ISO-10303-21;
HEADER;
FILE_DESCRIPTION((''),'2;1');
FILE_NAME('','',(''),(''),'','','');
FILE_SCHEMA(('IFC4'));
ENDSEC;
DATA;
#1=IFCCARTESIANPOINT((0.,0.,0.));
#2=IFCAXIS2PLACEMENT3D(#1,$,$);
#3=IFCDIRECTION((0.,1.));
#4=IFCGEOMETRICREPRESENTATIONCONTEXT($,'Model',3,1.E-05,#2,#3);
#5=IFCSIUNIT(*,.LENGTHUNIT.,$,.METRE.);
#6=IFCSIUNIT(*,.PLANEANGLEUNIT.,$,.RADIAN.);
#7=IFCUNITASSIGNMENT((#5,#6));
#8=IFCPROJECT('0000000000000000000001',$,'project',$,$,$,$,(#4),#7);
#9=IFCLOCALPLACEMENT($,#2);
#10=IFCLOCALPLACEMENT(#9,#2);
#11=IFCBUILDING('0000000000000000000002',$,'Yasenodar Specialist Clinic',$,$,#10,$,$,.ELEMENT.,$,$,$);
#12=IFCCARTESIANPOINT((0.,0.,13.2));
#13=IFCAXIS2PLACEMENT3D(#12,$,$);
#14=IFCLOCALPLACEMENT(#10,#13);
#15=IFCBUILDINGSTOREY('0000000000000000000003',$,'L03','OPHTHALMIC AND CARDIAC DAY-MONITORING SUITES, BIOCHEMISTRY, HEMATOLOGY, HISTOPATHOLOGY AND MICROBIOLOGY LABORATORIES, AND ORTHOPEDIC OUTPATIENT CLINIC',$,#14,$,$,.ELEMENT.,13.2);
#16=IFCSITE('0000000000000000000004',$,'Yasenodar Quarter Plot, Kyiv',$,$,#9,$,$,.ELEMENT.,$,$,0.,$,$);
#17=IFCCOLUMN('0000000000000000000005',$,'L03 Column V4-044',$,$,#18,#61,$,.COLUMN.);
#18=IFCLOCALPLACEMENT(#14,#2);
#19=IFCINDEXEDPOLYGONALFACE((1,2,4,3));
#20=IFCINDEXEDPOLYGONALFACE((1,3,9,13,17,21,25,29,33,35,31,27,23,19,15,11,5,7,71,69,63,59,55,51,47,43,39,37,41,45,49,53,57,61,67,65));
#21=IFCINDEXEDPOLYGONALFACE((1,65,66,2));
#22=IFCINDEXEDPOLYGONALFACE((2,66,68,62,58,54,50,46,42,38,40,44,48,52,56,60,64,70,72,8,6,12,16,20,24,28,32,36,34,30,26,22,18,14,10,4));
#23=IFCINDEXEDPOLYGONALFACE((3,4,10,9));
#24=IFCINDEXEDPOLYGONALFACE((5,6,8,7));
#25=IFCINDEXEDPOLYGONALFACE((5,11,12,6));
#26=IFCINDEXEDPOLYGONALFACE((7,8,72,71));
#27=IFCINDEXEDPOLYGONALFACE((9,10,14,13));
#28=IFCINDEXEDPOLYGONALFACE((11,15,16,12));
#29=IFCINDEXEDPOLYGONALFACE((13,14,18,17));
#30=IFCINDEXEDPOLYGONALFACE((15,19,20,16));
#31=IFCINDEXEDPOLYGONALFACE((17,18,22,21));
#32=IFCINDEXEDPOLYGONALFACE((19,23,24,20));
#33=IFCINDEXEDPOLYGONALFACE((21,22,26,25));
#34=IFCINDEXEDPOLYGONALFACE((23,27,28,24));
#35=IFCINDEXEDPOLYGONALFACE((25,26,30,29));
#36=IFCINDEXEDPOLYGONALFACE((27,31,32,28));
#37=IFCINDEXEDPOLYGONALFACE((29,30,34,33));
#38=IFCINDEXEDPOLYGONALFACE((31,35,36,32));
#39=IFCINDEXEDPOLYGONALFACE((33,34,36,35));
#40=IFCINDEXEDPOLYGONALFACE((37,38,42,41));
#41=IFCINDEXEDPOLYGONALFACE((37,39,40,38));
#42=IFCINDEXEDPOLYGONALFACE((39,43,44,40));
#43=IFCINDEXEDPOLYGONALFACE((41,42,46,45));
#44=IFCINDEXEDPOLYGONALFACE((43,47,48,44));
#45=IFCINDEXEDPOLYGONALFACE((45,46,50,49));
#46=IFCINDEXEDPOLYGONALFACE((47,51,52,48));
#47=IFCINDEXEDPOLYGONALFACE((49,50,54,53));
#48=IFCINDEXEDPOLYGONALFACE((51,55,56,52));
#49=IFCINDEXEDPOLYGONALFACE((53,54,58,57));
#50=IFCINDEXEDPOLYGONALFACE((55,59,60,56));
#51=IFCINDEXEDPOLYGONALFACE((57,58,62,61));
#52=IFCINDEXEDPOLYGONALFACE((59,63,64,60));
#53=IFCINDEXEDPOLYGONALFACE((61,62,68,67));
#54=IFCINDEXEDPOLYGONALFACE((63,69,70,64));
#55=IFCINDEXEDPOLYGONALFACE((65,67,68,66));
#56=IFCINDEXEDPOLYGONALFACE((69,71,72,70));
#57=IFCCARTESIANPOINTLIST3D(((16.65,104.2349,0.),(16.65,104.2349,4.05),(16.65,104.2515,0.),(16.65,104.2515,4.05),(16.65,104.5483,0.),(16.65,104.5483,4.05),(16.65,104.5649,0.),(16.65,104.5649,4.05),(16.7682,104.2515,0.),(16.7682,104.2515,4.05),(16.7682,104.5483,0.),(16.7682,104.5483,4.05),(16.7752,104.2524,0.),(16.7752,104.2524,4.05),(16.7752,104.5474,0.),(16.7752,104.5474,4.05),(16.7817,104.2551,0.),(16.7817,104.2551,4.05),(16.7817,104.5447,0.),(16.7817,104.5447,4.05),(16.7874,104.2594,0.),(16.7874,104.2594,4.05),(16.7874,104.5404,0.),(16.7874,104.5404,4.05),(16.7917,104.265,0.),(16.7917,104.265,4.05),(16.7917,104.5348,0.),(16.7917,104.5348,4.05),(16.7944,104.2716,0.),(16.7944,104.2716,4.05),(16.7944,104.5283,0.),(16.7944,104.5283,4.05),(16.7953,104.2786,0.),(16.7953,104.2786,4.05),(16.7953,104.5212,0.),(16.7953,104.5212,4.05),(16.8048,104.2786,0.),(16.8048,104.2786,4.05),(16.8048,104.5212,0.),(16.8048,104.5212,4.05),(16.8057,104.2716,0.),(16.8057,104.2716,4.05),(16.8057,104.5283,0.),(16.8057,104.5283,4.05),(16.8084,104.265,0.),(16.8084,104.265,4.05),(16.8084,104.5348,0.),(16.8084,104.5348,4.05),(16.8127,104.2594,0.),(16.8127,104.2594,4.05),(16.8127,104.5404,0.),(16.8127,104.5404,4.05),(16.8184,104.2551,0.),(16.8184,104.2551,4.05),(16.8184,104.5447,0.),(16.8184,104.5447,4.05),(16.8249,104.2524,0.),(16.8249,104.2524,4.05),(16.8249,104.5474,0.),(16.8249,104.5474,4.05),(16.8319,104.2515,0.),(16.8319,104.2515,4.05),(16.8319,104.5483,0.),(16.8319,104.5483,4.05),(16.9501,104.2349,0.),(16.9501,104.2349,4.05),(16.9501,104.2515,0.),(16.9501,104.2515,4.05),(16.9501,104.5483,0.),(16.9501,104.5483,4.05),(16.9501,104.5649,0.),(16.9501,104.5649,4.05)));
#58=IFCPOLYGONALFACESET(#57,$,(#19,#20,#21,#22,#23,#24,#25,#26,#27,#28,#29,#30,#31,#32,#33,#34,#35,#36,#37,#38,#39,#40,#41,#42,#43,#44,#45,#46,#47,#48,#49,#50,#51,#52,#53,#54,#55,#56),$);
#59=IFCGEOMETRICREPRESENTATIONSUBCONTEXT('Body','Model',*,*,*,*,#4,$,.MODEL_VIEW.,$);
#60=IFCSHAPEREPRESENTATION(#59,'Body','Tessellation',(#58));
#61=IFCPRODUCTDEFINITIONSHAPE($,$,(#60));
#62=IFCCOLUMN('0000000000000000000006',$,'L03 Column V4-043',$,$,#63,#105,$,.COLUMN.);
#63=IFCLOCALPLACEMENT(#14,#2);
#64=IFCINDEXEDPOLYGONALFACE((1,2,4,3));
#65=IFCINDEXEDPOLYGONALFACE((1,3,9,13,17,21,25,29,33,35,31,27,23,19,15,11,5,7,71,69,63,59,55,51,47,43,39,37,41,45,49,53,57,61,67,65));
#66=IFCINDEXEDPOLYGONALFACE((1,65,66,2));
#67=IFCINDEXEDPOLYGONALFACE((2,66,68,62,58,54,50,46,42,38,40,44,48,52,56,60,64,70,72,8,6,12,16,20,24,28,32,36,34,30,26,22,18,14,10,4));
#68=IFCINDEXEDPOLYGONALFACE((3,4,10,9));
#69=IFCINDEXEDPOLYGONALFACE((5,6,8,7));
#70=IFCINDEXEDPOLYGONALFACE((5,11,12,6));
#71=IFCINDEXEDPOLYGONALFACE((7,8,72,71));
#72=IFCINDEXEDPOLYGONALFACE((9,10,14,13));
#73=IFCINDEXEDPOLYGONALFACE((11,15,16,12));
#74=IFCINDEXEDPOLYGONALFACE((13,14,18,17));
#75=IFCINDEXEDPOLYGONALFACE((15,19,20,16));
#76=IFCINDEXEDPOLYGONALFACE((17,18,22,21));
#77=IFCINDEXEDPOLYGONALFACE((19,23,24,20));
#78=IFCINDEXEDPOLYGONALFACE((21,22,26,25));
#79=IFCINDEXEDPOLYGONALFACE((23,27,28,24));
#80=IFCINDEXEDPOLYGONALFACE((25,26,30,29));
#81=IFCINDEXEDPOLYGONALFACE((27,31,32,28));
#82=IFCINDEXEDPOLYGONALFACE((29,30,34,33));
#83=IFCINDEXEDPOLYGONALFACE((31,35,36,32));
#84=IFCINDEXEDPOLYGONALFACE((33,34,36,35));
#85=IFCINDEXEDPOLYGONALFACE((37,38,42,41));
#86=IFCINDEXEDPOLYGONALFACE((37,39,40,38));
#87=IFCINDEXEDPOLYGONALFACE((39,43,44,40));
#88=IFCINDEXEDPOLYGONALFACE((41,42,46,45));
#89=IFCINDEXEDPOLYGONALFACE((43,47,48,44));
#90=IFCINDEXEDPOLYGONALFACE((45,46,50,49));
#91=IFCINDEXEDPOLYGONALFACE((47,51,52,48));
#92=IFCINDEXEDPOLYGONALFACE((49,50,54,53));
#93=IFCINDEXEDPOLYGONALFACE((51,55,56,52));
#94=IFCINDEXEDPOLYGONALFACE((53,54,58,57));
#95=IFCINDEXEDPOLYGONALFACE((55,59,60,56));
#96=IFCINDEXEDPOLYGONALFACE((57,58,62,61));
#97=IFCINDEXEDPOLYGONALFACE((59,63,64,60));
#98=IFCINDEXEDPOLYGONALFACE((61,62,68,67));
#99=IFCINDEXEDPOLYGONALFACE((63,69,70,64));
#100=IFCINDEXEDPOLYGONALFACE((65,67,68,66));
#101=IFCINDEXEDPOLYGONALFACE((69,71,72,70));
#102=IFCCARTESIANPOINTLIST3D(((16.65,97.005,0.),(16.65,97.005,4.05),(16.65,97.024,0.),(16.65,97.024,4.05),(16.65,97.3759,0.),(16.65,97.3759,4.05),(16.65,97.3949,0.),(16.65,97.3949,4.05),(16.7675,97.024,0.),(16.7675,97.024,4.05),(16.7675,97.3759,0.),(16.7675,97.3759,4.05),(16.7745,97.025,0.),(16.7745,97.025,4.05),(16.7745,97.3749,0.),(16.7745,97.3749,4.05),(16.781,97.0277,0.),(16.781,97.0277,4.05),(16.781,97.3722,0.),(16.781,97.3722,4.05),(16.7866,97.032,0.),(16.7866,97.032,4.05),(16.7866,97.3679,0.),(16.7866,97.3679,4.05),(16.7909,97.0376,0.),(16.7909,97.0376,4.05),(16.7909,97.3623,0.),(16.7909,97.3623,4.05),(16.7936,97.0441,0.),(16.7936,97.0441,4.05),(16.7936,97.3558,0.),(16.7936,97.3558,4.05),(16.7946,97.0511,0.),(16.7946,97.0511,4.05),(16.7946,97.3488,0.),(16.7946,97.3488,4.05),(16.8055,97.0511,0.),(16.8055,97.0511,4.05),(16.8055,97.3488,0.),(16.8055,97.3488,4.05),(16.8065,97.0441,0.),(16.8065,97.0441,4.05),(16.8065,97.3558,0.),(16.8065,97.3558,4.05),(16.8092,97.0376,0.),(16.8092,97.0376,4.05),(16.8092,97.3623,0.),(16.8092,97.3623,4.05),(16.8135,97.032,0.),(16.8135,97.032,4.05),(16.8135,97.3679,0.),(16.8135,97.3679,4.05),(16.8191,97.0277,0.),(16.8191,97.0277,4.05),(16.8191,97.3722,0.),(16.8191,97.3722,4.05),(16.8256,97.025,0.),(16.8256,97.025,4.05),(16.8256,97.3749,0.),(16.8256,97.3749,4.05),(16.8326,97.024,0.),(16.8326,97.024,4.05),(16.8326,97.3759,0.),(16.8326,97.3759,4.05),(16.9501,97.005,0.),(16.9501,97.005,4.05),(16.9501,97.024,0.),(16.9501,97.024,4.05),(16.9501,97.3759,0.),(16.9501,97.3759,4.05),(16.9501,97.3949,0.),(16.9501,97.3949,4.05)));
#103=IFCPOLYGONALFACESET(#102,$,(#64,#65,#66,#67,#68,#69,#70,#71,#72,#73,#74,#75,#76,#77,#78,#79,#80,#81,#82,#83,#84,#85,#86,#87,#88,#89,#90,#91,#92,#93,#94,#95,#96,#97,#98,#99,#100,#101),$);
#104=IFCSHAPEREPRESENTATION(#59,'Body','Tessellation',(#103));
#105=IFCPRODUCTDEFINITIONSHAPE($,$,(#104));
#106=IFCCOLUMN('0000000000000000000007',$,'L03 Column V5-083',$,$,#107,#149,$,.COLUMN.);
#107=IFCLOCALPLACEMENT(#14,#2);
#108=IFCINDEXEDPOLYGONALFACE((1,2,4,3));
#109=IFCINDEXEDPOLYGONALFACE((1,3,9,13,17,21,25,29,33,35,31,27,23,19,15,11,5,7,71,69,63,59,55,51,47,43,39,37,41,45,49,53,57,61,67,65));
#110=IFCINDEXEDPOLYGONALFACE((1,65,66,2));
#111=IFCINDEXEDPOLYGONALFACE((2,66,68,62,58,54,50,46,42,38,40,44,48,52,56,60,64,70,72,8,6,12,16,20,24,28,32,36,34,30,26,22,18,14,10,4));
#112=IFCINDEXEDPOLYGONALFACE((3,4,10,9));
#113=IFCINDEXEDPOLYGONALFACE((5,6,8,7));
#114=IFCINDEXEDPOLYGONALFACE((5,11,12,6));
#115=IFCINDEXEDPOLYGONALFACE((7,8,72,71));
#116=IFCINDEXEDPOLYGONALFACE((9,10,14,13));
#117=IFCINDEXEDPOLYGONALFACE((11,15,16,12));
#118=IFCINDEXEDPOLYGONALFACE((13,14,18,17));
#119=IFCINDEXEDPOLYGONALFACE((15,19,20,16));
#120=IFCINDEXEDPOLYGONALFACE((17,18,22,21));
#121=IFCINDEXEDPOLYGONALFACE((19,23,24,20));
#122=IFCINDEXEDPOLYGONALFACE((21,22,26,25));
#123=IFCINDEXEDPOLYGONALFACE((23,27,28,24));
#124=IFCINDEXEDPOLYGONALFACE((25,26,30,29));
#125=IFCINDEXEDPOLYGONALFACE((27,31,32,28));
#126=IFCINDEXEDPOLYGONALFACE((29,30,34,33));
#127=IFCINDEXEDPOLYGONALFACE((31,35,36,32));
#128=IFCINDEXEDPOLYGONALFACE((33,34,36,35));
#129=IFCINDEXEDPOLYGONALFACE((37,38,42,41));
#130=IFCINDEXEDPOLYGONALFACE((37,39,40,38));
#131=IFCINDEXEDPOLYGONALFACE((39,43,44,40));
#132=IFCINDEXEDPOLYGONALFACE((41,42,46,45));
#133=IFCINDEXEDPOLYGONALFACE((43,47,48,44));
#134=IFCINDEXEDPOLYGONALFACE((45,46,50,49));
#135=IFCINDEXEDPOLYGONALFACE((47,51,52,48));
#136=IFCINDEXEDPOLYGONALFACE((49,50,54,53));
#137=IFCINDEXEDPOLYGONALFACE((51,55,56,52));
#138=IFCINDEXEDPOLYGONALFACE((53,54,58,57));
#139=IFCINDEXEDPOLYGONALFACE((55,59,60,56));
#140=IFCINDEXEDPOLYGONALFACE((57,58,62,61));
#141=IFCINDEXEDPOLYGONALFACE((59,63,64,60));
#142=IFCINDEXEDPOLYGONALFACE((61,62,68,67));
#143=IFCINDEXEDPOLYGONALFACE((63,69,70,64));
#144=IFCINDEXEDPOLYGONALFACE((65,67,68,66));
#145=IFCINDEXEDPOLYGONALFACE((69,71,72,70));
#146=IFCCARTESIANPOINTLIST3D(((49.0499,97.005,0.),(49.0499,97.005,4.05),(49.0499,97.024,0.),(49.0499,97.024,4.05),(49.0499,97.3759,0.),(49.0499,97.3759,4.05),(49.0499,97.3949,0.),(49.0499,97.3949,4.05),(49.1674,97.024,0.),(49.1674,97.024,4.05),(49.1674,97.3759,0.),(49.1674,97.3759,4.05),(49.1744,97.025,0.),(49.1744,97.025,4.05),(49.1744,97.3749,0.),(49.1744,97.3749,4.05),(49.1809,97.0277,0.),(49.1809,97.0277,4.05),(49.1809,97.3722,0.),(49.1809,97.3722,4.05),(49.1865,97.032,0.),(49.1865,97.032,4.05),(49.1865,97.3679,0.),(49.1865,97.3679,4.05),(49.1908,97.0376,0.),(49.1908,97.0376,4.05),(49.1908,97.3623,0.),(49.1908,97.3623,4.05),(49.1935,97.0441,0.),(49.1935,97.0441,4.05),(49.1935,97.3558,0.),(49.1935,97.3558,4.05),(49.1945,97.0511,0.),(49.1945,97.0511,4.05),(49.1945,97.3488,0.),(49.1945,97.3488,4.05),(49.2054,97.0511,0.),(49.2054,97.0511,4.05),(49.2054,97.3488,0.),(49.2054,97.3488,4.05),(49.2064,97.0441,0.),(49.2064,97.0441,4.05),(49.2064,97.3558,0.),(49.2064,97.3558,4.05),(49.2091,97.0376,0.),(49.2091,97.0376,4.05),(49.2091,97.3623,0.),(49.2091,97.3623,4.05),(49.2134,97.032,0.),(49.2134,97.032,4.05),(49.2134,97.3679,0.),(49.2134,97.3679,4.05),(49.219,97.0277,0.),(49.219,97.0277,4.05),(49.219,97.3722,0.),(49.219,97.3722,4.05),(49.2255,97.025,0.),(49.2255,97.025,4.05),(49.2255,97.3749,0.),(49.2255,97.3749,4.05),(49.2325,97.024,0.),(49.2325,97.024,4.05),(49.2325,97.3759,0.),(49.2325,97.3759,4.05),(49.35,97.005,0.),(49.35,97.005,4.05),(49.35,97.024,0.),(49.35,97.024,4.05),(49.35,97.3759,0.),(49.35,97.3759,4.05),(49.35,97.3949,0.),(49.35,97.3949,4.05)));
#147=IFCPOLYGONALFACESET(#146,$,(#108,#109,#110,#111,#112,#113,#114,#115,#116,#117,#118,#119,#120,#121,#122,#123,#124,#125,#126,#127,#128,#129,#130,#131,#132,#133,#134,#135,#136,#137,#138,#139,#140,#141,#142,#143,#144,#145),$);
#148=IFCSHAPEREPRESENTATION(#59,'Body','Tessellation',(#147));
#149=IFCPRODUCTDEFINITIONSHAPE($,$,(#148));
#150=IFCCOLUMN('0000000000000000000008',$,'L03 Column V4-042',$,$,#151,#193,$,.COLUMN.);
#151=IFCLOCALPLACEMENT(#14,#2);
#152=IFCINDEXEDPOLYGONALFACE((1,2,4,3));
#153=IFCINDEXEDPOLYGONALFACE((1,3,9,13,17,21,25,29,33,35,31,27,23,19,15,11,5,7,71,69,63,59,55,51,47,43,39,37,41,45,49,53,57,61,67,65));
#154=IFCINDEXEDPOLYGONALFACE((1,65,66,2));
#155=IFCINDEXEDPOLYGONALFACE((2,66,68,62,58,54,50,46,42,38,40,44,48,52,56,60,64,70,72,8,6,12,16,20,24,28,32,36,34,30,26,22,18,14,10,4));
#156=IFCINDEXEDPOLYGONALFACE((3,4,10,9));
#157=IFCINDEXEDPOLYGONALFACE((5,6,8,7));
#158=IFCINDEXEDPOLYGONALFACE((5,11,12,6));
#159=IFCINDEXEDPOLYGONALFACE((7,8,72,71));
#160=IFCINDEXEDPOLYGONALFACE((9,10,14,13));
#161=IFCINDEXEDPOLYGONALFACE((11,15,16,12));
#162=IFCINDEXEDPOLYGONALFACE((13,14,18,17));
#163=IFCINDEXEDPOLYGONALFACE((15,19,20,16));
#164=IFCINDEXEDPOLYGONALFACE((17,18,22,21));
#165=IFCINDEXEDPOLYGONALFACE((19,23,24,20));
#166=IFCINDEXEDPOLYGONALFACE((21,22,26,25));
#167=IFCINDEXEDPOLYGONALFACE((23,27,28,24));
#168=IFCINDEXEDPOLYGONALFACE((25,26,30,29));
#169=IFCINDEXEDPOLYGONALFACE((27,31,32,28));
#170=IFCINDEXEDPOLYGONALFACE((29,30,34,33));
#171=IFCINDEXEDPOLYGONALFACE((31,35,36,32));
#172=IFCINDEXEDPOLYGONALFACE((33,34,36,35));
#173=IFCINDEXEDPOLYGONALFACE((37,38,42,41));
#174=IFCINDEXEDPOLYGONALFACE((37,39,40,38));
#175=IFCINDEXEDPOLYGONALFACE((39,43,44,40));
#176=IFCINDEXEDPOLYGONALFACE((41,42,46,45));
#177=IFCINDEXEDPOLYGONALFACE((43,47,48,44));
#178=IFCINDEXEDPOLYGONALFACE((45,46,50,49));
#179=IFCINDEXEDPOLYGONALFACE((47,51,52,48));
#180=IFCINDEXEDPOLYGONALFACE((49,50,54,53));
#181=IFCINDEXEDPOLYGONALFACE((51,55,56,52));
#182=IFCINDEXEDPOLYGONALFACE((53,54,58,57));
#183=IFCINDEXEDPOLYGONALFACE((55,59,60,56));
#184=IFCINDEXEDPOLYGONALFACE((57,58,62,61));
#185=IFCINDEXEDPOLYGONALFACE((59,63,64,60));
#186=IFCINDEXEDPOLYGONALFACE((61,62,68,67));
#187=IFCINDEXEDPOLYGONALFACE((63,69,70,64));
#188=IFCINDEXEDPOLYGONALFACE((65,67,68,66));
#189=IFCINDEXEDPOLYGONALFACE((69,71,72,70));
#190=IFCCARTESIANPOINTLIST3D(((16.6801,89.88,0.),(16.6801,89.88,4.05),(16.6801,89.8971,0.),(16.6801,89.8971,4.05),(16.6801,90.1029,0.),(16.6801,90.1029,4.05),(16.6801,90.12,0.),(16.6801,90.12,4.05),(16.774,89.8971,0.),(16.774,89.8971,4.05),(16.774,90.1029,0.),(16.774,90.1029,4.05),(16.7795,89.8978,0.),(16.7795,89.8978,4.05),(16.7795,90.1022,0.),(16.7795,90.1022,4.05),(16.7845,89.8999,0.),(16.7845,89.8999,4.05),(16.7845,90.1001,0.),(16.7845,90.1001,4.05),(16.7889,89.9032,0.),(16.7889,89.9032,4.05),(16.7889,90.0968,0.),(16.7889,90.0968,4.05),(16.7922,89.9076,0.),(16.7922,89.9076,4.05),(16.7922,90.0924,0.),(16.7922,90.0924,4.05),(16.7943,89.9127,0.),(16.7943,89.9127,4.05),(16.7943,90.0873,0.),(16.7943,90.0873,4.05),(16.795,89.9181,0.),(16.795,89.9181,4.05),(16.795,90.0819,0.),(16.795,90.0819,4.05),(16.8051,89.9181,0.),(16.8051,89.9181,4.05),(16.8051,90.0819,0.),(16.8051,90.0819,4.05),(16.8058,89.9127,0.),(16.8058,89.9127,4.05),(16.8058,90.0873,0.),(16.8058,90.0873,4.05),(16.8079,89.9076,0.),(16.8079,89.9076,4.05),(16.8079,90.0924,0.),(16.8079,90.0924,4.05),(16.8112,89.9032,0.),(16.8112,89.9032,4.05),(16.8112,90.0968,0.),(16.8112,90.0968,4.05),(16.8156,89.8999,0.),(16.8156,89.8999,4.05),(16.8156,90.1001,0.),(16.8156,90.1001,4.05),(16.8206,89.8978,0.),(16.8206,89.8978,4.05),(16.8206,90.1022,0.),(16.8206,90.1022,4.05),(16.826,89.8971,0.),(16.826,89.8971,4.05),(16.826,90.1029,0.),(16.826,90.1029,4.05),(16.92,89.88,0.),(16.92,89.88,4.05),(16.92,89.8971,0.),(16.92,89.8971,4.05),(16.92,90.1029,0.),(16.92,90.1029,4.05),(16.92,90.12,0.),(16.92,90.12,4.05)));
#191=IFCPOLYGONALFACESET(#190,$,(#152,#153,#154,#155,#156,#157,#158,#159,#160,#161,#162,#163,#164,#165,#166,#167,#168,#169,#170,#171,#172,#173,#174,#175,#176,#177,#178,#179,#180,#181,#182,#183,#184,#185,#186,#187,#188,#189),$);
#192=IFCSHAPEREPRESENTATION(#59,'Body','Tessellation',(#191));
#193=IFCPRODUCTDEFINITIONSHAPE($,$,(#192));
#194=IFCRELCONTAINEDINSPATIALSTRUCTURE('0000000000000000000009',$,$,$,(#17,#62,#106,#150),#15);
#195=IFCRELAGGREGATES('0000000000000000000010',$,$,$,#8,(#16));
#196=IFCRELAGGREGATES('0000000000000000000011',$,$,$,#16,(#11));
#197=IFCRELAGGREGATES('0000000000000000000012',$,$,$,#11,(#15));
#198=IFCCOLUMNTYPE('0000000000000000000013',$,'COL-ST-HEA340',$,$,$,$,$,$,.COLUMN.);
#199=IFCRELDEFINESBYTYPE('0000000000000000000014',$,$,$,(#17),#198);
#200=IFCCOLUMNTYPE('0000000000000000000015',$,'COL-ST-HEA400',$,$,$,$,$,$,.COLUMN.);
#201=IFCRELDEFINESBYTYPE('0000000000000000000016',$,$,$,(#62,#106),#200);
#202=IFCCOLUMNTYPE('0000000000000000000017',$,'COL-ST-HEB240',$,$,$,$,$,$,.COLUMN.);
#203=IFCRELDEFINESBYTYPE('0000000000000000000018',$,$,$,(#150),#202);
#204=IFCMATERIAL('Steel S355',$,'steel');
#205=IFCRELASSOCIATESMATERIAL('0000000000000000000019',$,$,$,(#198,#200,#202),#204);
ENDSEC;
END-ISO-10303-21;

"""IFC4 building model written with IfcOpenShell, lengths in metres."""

from ifc_helpers import new_model, si_unit, direction, frame, origin, origin_2d, place, context, subcontext, project, spatial, i_section, extrude, material, material_profile, profile_set, type_object, element, save


model = new_model("IFC4")

# Units and contexts
model_context = context("Model", 3, precision=1e-05, world=origin(), true_north=direction((0.0, 1.0)))
body_context = subcontext(model_context, "Body", "Model", "MODEL_VIEW")
ifc_project = project(units=[si_unit("LENGTHUNIT", "METRE"), si_unit("PLANEANGLEUNIT", "RADIAN")], contexts=[model_context])

# Site, building, storey
site_placement = place(None, origin())
site = spatial("IfcSite", under=ifc_project, at=site_placement, Name="Yasenodar Quarter Plot, Kyiv", CompositionType="ELEMENT", RefElevation=0.0)
building_placement = place(site_placement, origin())
building = spatial("IfcBuilding", under=site, at=building_placement, Name="Yasenodar Specialist Clinic", CompositionType="ELEMENT")
storey_placement = place(building_placement, frame((0.0, 0.0, 13.2)))
storey = spatial("IfcBuildingStorey", under=building, at=storey_placement, Name="L03", Description="OPHTHALMIC AND CARDIAC DAY-MONITORING SUITES, BIOCHEMISTRY, HEMATOLOGY, HISTOPATHOLOGY AND MICROBIOLOGY LABORATORIES, AND ORTHOPEDIC OUTPATIENT CLINIC", CompositionType="ELEMENT", Elevation=13.2)

# Columns
ifc_material_1 = material(Name="Steel S355", Category="steel")
ifc_material_profile_1 = material_profile(ifc_material_1, i_section(OverallWidth=0.3, OverallDepth=0.3301, WebThickness=0.0095, FlangeThickness=0.0166, FilletRadius=0.0271, at=origin_2d()), Name="HEA 340")
ifc_profile_set_1 = profile_set([ifc_material_profile_1], Name="Steel S355")
column_type_1 = type_object("IfcColumnType", Name="COL-ST-HEA340", PredefinedType="COLUMN", material=ifc_profile_set_1)
column_1_placement = place(storey_placement, frame((16.8, 104.3999, 0.0), z_axis=(0.0, 0.0, 1.0), x_axis=(1.0, 0.0, 0.0)))
element("IfcColumn", 1, at=column_1_placement, inside=storey, type_object=column_type_1, Name="L03 Column V4-044", PredefinedType="COLUMN", context=body_context, shape_type="SweptSolid", body=[
    extrude(i_section(OverallWidth=0.3, OverallDepth=0.3301, WebThickness=0.0095, FlangeThickness=0.0166, FilletRadius=0.0271, at=origin_2d()), origin(), (0.0, 0.0, 1.0), 4.05),
])
ifc_material_profile_2 = material_profile(ifc_material_1, i_section(OverallWidth=0.3, OverallDepth=0.3899, WebThickness=0.011, FlangeThickness=0.019, FilletRadius=0.0271, at=origin_2d()), Name="HEA 400")
ifc_profile_set_2 = profile_set([ifc_material_profile_2], Name="Steel S355")
column_type_2 = type_object("IfcColumnType", Name="COL-ST-HEA400", PredefinedType="COLUMN", material=ifc_profile_set_2)
for number, where, z_axis, x_axis, name in (
    (2, (16.8, 97.2, 0.0), (0.0, 0.0, 1.0), (1.0, 0.0, 0.0), "L03 Column V4-043"),
    (3, (49.2, 97.2, 0.0), (0.0, 0.0, 1.0), (1.0, 0.0, 0.0), "L03 Column V5-083"),
):
    element("IfcColumn", number, at=place(storey_placement, frame(where, z_axis=z_axis, x_axis=x_axis)), inside=storey, type_object=column_type_2, Name=name, PredefinedType="COLUMN", context=body_context, shape_type="SweptSolid", body=[
        extrude(i_section(OverallWidth=0.3, OverallDepth=0.3899, WebThickness=0.011, FlangeThickness=0.019, FilletRadius=0.0271, at=origin_2d()), origin(), (0.0, 0.0, 1.0), 4.05),
    ])
ifc_material_profile_3 = material_profile(ifc_material_1, i_section(OverallWidth=0.24, OverallDepth=0.24, WebThickness=0.01, FlangeThickness=0.0171, FilletRadius=0.021, at=origin_2d()), Name="HEB 240")
ifc_profile_set_3 = profile_set([ifc_material_profile_3], Name="Steel S355")
column_type_3 = type_object("IfcColumnType", Name="COL-ST-HEB240", PredefinedType="COLUMN", material=ifc_profile_set_3)
for number, where, z_axis, x_axis, name in (
    (4, (16.8, 90.0, 0.0), (0.0, 0.0, 1.0), (1.0, 0.0, 0.0), "L03 Column V4-042"),
):
    element("IfcColumn", number, at=place(storey_placement, frame(where, z_axis=z_axis, x_axis=x_axis)), inside=storey, type_object=column_type_3, Name=name, PredefinedType="COLUMN", context=body_context, shape_type="SweptSolid", body=[
        extrude(i_section(OverallWidth=0.24, OverallDepth=0.24, WebThickness=0.01, FlangeThickness=0.0171, FilletRadius=0.021, at=origin_2d()), origin(), (0.0, 0.0, 1.0), 4.05),
    ])

save(model, "model.ifc")
